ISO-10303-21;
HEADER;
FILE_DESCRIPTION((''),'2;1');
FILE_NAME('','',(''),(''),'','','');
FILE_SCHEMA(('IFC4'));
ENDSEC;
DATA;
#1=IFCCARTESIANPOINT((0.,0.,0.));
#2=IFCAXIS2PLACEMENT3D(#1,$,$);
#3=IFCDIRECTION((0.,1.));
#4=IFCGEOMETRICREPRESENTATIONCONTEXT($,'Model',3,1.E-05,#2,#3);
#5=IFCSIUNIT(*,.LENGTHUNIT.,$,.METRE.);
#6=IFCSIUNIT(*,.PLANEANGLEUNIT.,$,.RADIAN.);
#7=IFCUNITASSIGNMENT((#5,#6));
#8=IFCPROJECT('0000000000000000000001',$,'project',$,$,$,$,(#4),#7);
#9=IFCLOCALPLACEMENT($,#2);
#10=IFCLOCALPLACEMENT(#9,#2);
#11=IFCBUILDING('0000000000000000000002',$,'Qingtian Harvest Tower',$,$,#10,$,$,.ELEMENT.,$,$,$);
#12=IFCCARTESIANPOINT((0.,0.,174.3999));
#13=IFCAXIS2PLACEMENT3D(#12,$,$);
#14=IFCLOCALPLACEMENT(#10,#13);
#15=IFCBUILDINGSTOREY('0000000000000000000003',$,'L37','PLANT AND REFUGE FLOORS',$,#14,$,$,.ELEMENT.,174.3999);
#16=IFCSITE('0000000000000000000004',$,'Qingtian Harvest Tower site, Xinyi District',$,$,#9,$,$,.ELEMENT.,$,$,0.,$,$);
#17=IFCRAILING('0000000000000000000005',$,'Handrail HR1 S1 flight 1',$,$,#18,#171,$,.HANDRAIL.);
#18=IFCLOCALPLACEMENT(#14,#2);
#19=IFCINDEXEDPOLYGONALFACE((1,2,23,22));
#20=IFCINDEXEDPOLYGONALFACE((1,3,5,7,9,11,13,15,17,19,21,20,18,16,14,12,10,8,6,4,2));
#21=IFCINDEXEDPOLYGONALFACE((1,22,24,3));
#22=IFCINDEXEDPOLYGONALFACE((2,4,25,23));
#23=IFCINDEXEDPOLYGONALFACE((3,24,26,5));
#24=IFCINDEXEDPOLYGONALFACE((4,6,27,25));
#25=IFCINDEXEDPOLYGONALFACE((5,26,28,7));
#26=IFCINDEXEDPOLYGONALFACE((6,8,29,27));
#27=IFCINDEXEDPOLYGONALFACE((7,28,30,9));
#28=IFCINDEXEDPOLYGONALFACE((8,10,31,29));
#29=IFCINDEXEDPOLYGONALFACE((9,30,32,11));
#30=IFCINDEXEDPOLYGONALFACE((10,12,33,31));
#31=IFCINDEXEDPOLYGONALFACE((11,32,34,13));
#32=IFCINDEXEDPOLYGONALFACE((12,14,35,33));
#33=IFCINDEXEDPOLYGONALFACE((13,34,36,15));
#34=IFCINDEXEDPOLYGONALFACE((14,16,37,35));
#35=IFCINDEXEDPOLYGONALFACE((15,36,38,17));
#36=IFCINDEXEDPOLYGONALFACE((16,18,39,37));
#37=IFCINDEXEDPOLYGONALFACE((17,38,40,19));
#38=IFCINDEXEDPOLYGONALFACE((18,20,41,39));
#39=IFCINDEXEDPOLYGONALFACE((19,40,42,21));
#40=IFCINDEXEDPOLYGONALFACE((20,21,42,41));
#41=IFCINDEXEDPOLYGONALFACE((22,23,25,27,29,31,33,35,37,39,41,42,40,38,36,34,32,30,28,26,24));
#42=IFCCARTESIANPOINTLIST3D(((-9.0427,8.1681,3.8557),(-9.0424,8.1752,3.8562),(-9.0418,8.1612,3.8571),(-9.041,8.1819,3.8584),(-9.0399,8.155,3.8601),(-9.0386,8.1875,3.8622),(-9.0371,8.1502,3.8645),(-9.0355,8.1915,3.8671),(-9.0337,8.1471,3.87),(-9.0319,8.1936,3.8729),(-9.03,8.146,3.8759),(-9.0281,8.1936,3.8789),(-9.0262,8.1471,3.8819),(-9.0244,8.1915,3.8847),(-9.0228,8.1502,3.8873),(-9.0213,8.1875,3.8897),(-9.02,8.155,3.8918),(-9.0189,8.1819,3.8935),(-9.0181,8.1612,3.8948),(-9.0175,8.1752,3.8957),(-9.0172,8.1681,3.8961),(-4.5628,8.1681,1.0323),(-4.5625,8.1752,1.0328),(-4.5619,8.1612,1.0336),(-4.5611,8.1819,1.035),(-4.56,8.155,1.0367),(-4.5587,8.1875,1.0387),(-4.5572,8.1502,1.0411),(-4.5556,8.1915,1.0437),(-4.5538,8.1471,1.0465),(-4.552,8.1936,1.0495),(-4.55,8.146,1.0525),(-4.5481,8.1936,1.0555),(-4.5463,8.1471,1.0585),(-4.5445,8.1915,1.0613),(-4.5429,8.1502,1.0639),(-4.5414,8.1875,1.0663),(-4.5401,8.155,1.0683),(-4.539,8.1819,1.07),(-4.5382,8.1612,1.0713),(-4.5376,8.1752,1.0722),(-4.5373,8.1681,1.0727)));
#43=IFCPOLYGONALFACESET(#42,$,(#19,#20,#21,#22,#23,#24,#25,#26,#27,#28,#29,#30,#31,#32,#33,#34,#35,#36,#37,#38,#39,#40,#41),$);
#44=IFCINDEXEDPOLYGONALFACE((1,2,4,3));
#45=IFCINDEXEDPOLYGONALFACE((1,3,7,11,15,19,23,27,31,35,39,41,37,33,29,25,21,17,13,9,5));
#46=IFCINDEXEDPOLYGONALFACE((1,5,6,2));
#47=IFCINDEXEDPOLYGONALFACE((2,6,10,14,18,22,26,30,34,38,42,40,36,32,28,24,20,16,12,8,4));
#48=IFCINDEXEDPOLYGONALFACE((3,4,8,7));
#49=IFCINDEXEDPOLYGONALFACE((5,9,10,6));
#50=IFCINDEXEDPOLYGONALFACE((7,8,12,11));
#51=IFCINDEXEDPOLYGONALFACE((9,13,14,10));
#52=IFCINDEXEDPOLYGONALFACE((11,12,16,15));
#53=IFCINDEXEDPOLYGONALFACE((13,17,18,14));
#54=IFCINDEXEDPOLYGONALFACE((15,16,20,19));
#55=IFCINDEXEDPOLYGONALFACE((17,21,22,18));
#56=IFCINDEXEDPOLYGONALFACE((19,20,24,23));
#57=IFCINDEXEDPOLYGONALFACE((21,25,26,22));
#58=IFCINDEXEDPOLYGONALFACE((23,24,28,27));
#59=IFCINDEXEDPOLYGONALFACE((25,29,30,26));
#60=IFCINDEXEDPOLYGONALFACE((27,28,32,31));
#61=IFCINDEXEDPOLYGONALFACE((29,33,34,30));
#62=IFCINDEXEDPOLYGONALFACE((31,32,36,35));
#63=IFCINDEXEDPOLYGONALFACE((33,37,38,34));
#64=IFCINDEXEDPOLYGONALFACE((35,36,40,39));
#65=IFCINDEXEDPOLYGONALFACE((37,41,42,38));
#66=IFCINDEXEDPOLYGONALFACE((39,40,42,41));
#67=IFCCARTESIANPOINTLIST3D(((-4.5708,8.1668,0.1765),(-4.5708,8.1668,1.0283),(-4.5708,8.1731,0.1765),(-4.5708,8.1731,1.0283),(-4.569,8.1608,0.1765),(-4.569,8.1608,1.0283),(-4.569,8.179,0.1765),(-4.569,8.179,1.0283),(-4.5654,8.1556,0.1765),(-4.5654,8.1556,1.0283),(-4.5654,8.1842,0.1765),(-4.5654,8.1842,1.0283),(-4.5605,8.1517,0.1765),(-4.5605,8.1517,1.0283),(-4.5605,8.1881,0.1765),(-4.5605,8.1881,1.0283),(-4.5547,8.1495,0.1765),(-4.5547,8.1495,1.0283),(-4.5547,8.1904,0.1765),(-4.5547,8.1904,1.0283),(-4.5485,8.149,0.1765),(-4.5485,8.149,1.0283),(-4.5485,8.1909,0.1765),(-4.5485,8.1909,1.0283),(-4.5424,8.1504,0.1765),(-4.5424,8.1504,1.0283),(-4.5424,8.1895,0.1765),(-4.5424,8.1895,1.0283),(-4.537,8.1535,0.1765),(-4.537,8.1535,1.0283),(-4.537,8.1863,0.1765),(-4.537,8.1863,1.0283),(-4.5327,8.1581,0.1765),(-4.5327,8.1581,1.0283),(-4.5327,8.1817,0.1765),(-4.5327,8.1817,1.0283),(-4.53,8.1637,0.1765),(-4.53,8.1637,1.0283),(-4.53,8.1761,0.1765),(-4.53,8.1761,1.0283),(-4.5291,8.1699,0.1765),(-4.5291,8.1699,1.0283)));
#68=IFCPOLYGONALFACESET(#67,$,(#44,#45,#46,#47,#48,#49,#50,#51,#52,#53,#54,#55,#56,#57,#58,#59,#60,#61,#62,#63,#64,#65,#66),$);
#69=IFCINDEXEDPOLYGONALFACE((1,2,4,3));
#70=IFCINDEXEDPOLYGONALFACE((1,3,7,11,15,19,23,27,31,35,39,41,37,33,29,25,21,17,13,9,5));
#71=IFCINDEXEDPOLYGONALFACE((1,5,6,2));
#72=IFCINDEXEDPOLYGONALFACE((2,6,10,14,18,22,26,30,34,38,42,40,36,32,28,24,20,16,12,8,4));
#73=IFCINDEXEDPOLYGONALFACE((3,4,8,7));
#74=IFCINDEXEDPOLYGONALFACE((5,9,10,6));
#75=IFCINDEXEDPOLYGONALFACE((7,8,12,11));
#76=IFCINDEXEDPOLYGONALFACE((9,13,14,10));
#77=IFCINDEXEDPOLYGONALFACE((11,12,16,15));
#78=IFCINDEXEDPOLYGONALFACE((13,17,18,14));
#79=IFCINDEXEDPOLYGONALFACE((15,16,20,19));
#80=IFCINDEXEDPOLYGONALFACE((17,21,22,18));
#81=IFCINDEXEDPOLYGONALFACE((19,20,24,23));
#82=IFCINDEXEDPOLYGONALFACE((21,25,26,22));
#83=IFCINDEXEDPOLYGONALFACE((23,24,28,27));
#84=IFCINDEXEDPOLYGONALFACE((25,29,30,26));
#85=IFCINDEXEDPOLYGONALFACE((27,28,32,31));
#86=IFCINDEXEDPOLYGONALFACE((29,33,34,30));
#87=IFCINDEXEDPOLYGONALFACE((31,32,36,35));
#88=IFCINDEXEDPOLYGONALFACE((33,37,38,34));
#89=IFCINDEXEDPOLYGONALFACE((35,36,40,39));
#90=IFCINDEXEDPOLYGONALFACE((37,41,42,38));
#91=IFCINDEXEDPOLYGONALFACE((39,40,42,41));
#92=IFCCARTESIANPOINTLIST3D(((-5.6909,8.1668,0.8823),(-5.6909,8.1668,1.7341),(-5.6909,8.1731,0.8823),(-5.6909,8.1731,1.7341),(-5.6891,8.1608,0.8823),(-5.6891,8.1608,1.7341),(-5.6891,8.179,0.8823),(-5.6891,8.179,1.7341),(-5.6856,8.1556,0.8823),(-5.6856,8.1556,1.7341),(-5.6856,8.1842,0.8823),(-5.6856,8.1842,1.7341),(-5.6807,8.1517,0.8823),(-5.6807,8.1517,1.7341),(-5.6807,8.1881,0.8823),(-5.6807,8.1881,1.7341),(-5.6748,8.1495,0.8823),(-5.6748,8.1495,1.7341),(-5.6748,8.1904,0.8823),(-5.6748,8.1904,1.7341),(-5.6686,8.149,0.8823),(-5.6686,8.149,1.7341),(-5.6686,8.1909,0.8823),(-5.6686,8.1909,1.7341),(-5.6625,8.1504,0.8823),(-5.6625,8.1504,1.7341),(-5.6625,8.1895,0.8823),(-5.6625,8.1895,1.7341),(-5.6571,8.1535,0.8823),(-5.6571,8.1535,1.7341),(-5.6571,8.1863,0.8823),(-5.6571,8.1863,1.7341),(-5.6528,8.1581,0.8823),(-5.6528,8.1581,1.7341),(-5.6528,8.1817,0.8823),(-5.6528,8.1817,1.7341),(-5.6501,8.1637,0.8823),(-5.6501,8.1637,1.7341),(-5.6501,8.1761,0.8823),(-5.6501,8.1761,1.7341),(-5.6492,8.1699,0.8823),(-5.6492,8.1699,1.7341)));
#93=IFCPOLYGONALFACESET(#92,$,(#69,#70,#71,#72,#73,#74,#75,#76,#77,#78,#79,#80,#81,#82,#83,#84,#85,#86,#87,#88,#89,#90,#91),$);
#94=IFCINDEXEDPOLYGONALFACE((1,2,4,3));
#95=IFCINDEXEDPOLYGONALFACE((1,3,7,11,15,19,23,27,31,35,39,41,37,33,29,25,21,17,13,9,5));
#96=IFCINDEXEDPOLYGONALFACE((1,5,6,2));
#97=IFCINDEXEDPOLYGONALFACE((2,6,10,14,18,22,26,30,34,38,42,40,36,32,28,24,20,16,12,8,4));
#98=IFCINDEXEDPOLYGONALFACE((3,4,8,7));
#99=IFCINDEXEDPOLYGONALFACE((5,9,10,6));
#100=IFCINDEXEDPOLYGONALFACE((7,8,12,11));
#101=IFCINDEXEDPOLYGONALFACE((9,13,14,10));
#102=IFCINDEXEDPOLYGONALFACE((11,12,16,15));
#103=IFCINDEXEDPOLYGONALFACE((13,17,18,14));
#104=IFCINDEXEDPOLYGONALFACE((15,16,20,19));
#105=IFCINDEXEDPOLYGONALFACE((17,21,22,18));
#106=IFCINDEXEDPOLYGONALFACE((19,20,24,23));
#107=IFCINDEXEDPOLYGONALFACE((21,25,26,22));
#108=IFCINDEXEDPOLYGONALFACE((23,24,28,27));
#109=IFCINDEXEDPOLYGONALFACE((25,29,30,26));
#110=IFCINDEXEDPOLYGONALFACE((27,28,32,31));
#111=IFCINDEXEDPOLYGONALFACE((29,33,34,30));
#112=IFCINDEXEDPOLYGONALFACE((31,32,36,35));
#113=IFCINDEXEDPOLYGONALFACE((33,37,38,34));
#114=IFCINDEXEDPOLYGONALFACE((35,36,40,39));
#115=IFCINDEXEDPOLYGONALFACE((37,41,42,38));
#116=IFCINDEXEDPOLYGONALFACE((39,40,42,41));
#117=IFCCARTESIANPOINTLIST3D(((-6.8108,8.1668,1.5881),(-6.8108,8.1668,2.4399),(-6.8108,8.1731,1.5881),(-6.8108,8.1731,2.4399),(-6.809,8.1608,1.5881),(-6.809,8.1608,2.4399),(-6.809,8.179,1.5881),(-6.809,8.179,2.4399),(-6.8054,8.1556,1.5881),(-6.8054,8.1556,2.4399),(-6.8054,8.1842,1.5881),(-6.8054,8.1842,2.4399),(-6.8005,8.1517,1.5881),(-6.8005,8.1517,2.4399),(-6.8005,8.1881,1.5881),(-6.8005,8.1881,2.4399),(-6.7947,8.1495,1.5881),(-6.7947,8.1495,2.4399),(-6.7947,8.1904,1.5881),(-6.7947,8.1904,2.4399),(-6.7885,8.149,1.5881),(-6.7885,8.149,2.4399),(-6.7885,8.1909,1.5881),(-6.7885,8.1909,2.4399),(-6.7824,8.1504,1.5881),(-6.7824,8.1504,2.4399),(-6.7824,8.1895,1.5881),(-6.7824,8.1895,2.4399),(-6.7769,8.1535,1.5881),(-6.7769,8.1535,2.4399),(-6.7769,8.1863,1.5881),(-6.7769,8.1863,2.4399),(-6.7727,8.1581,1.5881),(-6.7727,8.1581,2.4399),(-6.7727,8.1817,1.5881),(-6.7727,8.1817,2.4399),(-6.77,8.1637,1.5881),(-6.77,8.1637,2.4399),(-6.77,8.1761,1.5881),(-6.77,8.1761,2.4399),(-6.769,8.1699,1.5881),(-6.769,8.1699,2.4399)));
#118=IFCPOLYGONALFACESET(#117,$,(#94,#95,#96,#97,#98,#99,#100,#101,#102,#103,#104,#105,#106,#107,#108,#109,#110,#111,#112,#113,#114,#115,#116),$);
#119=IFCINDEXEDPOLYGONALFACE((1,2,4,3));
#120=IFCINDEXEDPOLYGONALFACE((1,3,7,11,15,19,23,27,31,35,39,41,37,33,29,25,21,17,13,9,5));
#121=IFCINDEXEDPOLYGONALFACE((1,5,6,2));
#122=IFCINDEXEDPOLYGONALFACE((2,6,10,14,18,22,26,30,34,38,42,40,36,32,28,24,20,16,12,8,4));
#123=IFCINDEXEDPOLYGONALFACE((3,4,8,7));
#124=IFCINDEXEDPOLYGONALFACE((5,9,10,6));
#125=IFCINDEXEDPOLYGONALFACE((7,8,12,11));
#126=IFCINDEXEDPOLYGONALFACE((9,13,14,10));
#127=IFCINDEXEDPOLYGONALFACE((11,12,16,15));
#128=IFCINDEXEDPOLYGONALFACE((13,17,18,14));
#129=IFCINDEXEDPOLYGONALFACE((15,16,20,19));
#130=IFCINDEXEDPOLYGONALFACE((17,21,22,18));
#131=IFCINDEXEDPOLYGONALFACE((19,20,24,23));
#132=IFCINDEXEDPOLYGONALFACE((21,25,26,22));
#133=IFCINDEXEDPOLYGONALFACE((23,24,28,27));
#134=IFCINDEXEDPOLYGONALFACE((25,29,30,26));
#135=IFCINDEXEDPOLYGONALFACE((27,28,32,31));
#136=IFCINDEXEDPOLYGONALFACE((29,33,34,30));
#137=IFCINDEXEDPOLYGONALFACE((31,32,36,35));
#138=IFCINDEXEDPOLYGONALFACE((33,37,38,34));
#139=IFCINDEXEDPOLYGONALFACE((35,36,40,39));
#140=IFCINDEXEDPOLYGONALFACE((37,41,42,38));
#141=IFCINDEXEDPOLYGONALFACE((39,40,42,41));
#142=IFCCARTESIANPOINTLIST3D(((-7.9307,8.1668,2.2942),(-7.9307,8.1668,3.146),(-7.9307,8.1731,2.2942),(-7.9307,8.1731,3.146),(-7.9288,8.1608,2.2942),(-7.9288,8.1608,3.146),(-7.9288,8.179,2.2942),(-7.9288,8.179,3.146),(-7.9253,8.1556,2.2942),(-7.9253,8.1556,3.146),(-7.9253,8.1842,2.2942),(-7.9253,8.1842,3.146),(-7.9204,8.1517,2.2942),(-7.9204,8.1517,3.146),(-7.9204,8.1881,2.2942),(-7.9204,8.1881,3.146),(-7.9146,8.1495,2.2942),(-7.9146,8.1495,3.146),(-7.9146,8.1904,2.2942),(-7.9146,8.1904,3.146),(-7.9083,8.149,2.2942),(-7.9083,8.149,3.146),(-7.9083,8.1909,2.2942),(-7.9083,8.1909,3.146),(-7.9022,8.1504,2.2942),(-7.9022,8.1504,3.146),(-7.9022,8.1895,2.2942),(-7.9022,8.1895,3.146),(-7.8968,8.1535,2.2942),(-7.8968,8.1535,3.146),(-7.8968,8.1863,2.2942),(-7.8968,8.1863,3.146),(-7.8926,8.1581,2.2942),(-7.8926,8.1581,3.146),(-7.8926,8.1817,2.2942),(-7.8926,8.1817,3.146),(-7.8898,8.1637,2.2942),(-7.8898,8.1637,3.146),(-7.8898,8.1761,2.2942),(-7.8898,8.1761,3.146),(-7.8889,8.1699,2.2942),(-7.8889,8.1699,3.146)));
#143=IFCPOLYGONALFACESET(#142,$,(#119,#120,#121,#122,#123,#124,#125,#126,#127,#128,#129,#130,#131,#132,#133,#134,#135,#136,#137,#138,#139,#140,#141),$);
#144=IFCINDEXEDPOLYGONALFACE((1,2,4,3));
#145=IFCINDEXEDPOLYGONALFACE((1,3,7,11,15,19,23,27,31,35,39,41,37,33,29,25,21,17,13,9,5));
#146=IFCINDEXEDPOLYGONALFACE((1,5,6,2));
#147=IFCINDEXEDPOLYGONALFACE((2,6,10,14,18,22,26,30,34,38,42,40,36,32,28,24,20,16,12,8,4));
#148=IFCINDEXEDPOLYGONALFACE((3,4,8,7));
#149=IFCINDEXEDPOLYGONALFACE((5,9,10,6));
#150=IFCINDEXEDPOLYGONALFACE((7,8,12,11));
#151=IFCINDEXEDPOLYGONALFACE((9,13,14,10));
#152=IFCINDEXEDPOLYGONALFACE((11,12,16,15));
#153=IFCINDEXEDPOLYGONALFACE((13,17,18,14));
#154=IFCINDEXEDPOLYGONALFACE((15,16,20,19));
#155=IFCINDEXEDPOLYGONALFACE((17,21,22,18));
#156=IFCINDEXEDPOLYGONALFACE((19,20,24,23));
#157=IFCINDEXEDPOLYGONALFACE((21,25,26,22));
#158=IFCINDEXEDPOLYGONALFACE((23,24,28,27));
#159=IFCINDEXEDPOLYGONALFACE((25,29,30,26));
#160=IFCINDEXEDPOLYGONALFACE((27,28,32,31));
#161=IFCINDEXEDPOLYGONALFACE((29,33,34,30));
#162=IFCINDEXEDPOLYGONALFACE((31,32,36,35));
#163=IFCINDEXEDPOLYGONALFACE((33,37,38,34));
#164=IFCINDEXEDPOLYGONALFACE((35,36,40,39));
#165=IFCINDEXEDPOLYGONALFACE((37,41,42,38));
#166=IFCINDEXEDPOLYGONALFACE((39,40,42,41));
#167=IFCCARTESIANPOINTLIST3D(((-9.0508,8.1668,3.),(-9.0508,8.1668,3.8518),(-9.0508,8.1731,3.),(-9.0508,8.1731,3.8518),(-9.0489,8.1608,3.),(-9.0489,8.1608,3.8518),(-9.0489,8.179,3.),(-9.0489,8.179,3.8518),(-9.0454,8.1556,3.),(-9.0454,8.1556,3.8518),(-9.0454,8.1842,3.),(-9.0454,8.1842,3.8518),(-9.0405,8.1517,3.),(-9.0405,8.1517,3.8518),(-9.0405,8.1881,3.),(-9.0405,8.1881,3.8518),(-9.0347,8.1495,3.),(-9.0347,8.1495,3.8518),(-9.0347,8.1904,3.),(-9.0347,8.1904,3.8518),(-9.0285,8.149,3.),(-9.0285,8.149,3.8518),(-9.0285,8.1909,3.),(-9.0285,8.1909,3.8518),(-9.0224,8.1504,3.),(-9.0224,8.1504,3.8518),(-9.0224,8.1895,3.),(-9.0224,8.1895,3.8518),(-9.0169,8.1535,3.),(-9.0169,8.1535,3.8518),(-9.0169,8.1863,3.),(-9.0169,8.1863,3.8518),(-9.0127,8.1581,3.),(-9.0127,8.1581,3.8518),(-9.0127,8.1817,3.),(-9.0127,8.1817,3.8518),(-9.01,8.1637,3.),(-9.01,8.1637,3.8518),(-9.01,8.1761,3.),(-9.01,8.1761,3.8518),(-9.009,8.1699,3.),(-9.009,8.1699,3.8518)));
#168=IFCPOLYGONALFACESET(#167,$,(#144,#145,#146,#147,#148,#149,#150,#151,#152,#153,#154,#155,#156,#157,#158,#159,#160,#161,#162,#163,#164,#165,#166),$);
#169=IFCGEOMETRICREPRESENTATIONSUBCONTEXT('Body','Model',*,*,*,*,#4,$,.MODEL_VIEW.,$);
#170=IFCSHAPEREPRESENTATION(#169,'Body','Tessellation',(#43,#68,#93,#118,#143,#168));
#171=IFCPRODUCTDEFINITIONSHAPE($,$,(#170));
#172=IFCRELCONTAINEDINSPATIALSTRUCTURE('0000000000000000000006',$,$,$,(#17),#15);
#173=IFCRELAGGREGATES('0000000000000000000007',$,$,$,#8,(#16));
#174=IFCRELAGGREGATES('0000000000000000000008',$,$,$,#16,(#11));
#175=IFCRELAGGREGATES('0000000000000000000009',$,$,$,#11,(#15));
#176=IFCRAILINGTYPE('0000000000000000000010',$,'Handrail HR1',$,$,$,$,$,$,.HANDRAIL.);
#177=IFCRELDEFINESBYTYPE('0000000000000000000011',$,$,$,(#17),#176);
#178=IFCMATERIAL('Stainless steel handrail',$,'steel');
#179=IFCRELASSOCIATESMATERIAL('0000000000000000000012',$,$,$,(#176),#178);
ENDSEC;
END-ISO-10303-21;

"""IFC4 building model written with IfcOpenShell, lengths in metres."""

from ifc_helpers import new_model, si_unit, direction, frame, origin, origin_2d, place, context, subcontext, project, spatial, circle, extrude, material, type_object, element, save


model = new_model("IFC4")

# Units and contexts
model_context = context("Model", 3, precision=1e-05, world=origin(), true_north=direction((0.0, 1.0)))
body_context = subcontext(model_context, "Body", "Model", "MODEL_VIEW")
ifc_project = project(units=[si_unit("LENGTHUNIT", "METRE"), si_unit("PLANEANGLEUNIT", "RADIAN")], contexts=[model_context])

# Site, building, storey
site_placement = place(None, origin())
site = spatial("IfcSite", under=ifc_project, at=site_placement, Name="Qingtian Harvest Tower site, Xinyi District", CompositionType="ELEMENT", RefElevation=0.0)
building_placement = place(site_placement, origin())
building = spatial("IfcBuilding", under=site, at=building_placement, Name="Qingtian Harvest Tower", CompositionType="ELEMENT")
storey_placement = place(building_placement, frame((0.0, 0.0, 174.3999)))
storey = spatial("IfcBuildingStorey", under=building, at=storey_placement, Name="L37", Description="PLANT AND REFUGE FLOORS", CompositionType="ELEMENT", Elevation=174.3999)

# Railing
ifc_material_1 = material(Name="Stainless steel handrail", Category="steel")
railing_type = type_object("IfcRailingType", Name="Handrail HR1", PredefinedType="HANDRAIL", material=ifc_material_1)
railing_placement = place(storey_placement, frame((-4.55, 8.1699, 0.1765)))
element("IfcRailing", 1, at=railing_placement, inside=storey, type_object=railing_type, Name="Handrail HR1 S1 flight 1", PredefinedType="HANDRAIL", context=body_context, shape_type="SweptSolid", body=[
    extrude(circle(Radius=0.0239, at=origin_2d()), frame((0.0, 0.0, 0.876), z_axis=(-0.845998, 0.0, 0.533186), x_axis=(0.0, -1.0, 0.0)), (0.0, 0.0, 1.0), 5.2954),
    extrude(circle(Radius=0.021, at=origin_2d()), origin(), (0.0, 0.0, 1.0), 0.8518),
    extrude(circle(Radius=0.021, at=origin_2d()), frame((-1.1201, 0.0, 0.7058)), (0.0, 0.0, 1.0), 0.8518),
    extrude(circle(Radius=0.021, at=origin_2d()), frame((-2.24, 0.0, 1.4116)), (0.0, 0.0, 1.0), 0.8518),
    extrude(circle(Radius=0.021, at=origin_2d()), frame((-3.3599, 0.0, 2.1177)), (0.0, 0.0, 1.0), 0.8518),
    extrude(circle(Radius=0.021, at=origin_2d()), frame((-4.48, 0.0, 2.8235)), (0.0, 0.0, 1.0), 0.8518),
])

save(model, "model.ifc")
